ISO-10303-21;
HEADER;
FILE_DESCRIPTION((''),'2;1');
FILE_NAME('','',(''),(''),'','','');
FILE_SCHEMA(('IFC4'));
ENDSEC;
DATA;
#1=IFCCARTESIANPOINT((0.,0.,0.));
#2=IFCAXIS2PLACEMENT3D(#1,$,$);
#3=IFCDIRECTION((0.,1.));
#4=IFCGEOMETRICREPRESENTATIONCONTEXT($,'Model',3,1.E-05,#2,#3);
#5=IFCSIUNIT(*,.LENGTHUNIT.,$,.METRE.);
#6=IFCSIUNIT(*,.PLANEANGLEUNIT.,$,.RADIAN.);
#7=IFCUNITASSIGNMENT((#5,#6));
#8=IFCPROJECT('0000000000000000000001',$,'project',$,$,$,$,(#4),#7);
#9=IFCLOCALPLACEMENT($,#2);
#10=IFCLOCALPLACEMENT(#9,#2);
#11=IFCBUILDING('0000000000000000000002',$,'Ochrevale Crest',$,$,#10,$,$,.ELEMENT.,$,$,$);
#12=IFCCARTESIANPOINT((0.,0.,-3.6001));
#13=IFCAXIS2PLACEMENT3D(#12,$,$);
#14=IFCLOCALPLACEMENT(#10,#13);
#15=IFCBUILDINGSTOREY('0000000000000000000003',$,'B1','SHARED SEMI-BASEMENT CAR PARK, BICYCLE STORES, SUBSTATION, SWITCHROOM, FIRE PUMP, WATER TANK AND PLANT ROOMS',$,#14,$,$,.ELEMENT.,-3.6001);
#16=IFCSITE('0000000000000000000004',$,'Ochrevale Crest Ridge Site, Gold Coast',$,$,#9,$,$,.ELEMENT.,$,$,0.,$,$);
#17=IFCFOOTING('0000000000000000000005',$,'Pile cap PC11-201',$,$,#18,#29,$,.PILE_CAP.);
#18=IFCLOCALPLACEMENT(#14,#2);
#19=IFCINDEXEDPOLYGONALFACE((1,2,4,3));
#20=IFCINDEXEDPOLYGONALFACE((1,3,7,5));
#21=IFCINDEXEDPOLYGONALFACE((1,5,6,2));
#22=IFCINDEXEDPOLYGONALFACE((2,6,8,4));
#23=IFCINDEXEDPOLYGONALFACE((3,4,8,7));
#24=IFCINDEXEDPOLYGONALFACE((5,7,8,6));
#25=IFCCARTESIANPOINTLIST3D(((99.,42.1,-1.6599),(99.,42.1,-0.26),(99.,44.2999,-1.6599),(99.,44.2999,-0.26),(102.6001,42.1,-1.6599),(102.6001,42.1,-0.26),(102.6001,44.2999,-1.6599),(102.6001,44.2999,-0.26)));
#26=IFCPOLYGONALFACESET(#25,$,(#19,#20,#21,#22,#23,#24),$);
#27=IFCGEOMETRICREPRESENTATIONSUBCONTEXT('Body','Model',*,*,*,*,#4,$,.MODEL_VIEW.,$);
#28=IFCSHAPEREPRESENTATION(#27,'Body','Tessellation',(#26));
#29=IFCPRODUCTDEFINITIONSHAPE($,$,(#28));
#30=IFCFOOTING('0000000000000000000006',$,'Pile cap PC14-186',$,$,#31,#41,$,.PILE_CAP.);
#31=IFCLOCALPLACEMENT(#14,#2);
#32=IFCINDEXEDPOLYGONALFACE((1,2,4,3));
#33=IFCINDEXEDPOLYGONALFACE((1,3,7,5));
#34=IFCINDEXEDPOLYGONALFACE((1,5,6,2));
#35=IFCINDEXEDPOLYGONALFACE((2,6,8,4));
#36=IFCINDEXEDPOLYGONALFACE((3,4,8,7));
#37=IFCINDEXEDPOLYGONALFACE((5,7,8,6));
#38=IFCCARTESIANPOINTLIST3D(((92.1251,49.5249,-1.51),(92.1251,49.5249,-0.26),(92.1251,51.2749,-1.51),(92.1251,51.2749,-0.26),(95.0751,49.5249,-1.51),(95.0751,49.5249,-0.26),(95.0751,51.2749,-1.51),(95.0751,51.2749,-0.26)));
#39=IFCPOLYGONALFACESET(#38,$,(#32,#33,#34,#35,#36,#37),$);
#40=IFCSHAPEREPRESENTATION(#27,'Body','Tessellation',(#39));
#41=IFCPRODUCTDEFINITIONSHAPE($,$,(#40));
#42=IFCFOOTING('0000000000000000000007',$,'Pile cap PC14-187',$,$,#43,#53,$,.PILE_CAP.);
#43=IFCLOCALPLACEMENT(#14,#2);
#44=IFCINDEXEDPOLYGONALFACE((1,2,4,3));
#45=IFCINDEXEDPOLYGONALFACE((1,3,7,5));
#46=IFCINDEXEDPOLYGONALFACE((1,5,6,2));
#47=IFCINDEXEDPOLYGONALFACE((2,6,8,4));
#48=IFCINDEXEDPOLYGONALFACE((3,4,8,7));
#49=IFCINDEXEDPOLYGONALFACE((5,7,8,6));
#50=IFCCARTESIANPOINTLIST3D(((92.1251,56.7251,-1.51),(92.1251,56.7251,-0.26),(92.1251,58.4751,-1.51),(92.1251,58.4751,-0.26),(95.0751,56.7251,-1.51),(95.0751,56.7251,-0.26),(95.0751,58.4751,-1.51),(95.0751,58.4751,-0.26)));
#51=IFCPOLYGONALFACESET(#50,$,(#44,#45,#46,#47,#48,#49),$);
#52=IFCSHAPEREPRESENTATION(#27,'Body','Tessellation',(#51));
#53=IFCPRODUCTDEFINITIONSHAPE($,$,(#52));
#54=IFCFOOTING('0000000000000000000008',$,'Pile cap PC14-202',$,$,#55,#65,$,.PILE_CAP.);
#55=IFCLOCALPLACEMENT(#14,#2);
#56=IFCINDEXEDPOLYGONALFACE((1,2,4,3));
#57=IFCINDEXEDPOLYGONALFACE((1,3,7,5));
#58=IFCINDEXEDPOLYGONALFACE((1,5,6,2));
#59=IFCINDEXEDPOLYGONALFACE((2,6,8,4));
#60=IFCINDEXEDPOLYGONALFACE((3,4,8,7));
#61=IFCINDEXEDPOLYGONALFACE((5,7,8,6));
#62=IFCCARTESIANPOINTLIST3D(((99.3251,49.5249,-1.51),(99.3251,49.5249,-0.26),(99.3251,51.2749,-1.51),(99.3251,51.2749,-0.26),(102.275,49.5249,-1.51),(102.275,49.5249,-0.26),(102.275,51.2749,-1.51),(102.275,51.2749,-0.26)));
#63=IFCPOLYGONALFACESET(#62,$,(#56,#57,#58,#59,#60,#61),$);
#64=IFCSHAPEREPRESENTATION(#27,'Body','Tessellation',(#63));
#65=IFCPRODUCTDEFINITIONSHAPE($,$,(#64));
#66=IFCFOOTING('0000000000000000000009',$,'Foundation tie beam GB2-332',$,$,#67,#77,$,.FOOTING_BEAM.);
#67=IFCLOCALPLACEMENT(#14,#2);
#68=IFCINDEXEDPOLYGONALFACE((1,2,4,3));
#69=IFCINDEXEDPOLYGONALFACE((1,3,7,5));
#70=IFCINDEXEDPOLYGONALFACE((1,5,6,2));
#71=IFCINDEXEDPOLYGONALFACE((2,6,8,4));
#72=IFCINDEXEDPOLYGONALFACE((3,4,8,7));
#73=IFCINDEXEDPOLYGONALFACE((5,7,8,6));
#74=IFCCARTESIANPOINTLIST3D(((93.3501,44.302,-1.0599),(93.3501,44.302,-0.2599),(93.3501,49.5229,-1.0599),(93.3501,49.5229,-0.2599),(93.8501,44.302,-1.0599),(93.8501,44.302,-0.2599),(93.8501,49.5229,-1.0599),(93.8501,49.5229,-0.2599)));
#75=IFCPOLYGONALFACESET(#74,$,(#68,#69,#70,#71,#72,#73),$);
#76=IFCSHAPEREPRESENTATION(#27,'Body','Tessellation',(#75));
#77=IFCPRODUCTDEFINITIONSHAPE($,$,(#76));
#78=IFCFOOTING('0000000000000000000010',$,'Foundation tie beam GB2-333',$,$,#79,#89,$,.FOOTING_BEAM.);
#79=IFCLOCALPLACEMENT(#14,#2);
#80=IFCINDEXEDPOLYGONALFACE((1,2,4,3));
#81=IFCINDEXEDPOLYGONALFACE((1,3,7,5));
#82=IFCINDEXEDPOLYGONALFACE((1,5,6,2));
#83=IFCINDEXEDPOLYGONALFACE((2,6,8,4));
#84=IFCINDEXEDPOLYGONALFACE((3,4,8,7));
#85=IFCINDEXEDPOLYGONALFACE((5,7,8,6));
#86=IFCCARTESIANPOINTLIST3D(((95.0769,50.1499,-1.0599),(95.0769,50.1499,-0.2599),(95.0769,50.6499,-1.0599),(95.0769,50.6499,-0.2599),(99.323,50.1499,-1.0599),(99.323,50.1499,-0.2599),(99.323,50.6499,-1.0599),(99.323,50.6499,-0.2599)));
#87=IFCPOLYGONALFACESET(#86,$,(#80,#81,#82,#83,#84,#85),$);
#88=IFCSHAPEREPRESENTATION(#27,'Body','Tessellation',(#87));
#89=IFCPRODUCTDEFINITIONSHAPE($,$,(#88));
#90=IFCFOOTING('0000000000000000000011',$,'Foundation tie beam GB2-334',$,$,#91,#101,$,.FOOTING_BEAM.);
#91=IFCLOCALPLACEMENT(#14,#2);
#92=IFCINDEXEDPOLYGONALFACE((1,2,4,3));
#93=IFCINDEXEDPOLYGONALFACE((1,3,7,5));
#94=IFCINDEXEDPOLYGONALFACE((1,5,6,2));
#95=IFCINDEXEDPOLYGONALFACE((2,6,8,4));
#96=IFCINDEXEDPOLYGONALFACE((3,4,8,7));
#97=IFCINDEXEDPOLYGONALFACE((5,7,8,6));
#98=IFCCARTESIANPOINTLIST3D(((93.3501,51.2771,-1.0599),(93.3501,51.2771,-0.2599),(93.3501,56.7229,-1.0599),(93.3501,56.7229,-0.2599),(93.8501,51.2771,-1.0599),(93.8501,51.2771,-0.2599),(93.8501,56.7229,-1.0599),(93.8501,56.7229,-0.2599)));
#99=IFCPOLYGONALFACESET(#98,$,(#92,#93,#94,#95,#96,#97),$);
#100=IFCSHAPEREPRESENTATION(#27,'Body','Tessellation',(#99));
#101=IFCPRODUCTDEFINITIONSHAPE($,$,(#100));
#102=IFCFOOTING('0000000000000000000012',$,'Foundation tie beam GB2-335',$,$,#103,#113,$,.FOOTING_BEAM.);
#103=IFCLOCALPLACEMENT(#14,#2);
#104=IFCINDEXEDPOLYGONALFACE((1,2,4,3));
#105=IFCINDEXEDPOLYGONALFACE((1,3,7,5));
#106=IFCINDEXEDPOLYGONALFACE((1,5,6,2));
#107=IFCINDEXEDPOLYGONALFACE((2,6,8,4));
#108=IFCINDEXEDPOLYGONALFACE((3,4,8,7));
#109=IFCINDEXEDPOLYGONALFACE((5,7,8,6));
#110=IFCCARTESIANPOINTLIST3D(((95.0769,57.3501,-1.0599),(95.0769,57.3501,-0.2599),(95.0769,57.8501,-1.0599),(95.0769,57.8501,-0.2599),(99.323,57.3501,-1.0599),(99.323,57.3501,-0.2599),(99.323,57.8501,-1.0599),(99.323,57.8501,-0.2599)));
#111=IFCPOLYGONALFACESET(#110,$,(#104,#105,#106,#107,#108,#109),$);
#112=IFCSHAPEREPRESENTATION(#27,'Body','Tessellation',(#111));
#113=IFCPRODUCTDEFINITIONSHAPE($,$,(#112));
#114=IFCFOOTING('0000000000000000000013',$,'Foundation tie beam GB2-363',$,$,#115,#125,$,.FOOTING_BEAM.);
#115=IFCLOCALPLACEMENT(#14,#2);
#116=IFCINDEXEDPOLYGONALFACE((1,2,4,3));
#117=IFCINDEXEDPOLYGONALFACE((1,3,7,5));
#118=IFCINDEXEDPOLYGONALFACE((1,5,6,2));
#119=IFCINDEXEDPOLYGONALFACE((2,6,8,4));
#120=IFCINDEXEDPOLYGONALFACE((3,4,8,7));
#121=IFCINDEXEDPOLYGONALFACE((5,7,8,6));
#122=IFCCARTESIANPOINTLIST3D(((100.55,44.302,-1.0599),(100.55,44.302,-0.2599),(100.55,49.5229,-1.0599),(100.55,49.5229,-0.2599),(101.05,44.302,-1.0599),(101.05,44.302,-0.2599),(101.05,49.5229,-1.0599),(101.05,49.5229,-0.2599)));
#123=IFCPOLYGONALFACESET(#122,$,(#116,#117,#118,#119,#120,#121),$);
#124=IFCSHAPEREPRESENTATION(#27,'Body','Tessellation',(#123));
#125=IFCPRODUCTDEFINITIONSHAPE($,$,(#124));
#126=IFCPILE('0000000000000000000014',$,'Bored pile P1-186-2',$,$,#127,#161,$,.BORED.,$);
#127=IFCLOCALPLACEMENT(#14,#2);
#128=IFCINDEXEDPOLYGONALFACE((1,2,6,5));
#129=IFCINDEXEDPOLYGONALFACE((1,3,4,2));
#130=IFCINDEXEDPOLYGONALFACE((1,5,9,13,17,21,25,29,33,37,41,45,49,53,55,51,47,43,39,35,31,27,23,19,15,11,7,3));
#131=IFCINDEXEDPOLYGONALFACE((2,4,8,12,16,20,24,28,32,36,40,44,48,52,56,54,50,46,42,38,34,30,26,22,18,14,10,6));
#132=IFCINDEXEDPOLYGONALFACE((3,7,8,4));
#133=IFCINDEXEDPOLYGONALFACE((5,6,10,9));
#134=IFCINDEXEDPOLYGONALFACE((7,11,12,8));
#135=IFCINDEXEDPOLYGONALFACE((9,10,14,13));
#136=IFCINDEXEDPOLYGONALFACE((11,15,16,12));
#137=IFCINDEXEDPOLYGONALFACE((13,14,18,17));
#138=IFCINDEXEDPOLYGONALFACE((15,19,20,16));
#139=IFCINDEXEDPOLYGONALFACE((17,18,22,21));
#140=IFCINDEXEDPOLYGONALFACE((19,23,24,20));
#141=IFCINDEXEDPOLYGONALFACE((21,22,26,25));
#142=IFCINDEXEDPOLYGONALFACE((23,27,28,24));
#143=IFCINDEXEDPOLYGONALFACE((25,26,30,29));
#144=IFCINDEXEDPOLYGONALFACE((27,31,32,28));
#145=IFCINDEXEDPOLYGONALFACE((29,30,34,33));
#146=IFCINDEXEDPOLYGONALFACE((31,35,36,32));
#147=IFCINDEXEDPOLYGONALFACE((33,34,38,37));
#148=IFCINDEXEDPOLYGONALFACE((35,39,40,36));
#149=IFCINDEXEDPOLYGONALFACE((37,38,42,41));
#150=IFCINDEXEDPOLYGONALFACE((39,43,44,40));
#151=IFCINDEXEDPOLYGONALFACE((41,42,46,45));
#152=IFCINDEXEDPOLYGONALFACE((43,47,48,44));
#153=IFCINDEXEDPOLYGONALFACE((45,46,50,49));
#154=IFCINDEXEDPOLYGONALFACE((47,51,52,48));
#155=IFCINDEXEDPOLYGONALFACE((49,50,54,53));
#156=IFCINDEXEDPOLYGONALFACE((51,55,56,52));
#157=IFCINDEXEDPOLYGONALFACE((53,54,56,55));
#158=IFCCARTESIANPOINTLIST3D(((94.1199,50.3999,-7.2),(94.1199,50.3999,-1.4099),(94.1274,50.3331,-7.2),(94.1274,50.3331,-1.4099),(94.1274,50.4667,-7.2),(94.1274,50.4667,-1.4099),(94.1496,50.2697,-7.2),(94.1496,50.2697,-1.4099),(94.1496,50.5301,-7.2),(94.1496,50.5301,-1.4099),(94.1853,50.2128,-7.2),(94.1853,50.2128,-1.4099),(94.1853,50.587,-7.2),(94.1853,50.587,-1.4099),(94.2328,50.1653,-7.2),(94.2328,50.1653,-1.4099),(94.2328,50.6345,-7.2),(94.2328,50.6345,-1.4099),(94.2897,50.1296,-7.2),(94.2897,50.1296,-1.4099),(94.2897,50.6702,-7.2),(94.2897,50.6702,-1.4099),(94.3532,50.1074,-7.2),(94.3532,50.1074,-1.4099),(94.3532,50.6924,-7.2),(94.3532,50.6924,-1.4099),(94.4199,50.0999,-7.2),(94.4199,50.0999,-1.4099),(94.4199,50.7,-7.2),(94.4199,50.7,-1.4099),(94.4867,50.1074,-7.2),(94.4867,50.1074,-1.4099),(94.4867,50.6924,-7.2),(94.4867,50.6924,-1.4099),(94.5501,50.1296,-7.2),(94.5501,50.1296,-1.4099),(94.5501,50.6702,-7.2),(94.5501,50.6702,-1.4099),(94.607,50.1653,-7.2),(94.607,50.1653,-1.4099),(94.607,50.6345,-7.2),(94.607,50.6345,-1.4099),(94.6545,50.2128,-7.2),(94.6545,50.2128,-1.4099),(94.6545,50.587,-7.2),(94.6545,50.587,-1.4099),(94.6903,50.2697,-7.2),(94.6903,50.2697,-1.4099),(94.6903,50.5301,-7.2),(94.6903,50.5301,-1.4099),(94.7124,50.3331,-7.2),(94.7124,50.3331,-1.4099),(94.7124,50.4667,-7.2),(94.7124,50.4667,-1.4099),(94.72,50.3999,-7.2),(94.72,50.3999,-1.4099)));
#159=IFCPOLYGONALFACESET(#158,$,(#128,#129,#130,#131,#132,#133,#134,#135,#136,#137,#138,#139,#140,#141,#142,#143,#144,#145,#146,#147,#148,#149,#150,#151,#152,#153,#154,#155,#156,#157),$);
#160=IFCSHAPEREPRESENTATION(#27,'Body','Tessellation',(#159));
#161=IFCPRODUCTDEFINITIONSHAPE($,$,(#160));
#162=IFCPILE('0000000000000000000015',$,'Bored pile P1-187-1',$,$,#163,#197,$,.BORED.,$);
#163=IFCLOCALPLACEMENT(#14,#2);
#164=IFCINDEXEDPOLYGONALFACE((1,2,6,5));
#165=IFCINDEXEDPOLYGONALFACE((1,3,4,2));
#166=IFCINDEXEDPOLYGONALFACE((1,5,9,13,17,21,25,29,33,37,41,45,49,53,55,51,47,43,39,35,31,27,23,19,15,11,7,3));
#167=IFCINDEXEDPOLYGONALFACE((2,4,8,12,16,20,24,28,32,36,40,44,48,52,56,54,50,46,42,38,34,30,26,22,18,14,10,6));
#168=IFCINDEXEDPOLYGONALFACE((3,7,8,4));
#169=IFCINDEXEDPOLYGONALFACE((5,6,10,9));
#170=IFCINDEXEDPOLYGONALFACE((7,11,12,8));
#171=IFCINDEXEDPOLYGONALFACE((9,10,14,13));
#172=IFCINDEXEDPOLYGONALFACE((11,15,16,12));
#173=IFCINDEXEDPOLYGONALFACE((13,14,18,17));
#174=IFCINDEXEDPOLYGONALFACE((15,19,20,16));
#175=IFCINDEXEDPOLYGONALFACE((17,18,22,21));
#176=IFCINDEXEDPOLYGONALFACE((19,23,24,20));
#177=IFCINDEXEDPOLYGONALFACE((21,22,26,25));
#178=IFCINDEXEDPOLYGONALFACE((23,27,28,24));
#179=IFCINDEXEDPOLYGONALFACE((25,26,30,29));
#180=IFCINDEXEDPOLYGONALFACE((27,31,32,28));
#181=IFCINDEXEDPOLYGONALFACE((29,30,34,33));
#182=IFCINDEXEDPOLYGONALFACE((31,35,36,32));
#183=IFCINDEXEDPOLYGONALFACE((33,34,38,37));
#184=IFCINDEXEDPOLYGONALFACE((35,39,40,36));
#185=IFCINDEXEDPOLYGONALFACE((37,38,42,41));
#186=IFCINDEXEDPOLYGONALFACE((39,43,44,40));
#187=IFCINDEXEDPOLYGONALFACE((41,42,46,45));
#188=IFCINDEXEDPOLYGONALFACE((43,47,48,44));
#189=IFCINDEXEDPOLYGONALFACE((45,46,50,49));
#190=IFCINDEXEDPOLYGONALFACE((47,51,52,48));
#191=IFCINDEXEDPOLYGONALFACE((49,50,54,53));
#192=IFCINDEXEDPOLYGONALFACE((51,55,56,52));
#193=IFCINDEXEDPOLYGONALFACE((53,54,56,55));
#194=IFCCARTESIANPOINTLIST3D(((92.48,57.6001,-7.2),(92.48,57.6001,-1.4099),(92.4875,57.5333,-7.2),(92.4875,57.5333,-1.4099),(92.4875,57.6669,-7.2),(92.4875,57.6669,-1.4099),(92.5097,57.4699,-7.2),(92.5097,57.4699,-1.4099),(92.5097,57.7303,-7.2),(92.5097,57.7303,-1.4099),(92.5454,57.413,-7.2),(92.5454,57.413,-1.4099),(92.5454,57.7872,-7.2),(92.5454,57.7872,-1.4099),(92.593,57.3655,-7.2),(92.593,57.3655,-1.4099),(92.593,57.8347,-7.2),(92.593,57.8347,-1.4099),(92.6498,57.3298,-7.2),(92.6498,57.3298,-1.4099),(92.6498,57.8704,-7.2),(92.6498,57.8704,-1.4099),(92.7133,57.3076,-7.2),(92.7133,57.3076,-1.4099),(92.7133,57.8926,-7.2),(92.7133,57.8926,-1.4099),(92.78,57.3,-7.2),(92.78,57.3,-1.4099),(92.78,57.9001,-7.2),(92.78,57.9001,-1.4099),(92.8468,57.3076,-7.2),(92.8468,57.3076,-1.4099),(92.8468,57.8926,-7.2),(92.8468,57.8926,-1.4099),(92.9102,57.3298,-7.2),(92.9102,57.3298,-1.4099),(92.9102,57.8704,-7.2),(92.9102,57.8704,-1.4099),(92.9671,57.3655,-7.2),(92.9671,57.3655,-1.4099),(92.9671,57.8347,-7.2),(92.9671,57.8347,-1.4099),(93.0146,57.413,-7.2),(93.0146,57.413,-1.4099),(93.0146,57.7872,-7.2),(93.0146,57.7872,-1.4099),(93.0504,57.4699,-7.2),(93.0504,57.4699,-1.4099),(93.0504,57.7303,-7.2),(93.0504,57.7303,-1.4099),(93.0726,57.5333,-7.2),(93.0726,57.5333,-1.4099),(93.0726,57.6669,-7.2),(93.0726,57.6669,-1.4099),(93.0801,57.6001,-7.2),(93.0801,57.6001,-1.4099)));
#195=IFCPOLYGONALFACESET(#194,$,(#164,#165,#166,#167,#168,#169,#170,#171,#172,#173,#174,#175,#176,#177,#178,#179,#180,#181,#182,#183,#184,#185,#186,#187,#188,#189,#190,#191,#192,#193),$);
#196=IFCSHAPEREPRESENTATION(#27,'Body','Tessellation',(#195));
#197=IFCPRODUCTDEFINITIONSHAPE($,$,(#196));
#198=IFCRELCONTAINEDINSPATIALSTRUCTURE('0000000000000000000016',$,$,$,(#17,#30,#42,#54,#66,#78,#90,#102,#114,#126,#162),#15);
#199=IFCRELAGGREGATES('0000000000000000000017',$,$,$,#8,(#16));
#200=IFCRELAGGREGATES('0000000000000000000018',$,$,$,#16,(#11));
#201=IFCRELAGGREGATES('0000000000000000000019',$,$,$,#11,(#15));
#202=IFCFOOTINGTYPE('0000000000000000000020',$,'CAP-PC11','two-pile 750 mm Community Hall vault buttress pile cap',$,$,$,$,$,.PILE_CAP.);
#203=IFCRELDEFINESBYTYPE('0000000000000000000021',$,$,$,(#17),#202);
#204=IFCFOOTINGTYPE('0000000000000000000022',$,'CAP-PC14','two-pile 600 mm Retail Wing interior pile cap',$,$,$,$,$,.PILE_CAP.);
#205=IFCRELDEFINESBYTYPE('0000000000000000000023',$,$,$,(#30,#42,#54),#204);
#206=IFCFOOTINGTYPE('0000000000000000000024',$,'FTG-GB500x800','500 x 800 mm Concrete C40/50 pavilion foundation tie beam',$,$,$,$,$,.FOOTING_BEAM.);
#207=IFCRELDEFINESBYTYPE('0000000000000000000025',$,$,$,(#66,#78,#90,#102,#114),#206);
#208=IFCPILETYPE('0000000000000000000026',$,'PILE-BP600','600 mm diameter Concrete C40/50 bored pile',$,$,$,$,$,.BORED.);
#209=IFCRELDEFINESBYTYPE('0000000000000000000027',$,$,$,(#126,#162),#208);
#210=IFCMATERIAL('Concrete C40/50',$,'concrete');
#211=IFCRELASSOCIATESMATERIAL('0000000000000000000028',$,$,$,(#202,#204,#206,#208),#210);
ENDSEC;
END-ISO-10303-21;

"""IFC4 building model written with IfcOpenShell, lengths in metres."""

from ifc_helpers import new_model, si_unit, direction, frame, origin, origin_2d, place, context, subcontext, project, spatial, rectangle, circle, extrude, material, material_profile, profile_set, type_object, element, save


model = new_model("IFC4")

# Units and contexts
model_context = context("Model", 3, precision=1e-05, world=origin(), true_north=direction((0.0, 1.0)))
body_context = subcontext(model_context, "Body", "Model", "MODEL_VIEW")
ifc_project = project(units=[si_unit("LENGTHUNIT", "METRE"), si_unit("PLANEANGLEUNIT", "RADIAN")], contexts=[model_context])

# Site, building, storey
site_placement = place(None, origin())
site = spatial("IfcSite", under=ifc_project, at=site_placement, Name="Ochrevale Crest Ridge Site, Gold Coast", CompositionType="ELEMENT", RefElevation=0.0)
building_placement = place(site_placement, origin())
building = spatial("IfcBuilding", under=site, at=building_placement, Name="Ochrevale Crest", CompositionType="ELEMENT")
storey_placement = place(building_placement, frame((0.0, 0.0, -3.6001)))
storey = spatial("IfcBuildingStorey", under=building, at=storey_placement, Name="B1", Description="SHARED SEMI-BASEMENT CAR PARK, BICYCLE STORES, SUBSTATION, SWITCHROOM, FIRE PUMP, WATER TANK AND PLANT ROOMS", CompositionType="ELEMENT", Elevation=-3.6001)

# Footings
ifc_material_1 = material(Name="Concrete C40/50", Category="concrete")
footing_type_1 = type_object("IfcFootingType", Name="CAP-PC11", Description="two-pile 750 mm Community Hall vault buttress pile cap", PredefinedType="PILE_CAP", material=ifc_material_1)
footing_1_placement = place(storey_placement, frame((100.8, 43.2, -1.6599), z_axis=(0.0, 0.0, 1.0), x_axis=(1.0, 0.0, 0.0)))
element("IfcFooting", 1, at=footing_1_placement, inside=storey, type_object=footing_type_1, Name="Pile cap PC11-201", PredefinedType="PILE_CAP", context=body_context, shape_type="SweptSolid", body=[
    extrude(rectangle(XDim=3.6001, YDim=2.2, at=origin_2d()), origin(), (0.0, 0.0, 1.0), 1.3999),
])
footing_type_2 = type_object("IfcFootingType", Name="CAP-PC14", Description="two-pile 600 mm Retail Wing interior pile cap", PredefinedType="PILE_CAP", material=ifc_material_1)
for number, where, z_axis, x_axis, name in (
    (2, (93.6001, 50.3999, -1.51), (0.0, 0.0, 1.0), (1.0, 0.0, 0.0), "Pile cap PC14-186"),
    (3, (93.6001, 57.6001, -1.51), (0.0, 0.0, 1.0), (1.0, 0.0, 0.0), "Pile cap PC14-187"),
    (4, (100.8, 50.3999, -1.51), (0.0, 0.0, 1.0), (1.0, 0.0, 0.0), "Pile cap PC14-202"),
):
    element("IfcFooting", number, at=place(storey_placement, frame(where, z_axis=z_axis, x_axis=x_axis)), inside=storey, type_object=footing_type_2, Name=name, PredefinedType="PILE_CAP", context=body_context, shape_type="SweptSolid", body=[
        extrude(rectangle(XDim=2.95, YDim=1.75, at=origin_2d()), origin(), (0.0, 0.0, 1.0), 1.25),
    ])
ifc_material_profile_1 = material_profile(ifc_material_1, rectangle(XDim=0.5, YDim=0.8, at=origin_2d()), Name="GB 500x800")
ifc_profile_set_1 = profile_set([ifc_material_profile_1], Name="Concrete C40/50")
footing_type_3 = type_object("IfcFootingType", Name="FTG-GB500x800", Description="500 x 800 mm Concrete C40/50 pavilion foundation tie beam", PredefinedType="FOOTING_BEAM", material=ifc_profile_set_1)
footing_2_placement = place(storey_placement, frame((93.6001, 44.302, -0.6599), z_axis=(0.0, 1.0, 0.0), x_axis=(-1.0, 0.0, 0.0)))
element("IfcFooting", 5, at=footing_2_placement, inside=storey, type_object=footing_type_3, Name="Foundation tie beam GB2-332", PredefinedType="FOOTING_BEAM", context=body_context, shape_type="SweptSolid", body=[
    extrude(rectangle(XDim=0.5, YDim=0.8, at=origin_2d()), origin(), (0.0, 0.0, 1.0), 5.2209),
])
footing_3_placement = place(storey_placement, frame((95.0769, 50.3999, -0.6599), z_axis=(1.0, 0.0, 0.0), x_axis=(0.0, 1.0, 0.0)))
element("IfcFooting", 6, at=footing_3_placement, inside=storey, type_object=footing_type_3, Name="Foundation tie beam GB2-333", PredefinedType="FOOTING_BEAM", context=body_context, shape_type="SweptSolid", body=[
    extrude(rectangle(XDim=0.5, YDim=0.8, at=origin_2d()), origin(), (0.0, 0.0, 1.0), 4.2461),
])
footing_4_placement = place(storey_placement, frame((93.6001, 51.2771, -0.6599), z_axis=(0.0, 1.0, 0.0), x_axis=(-1.0, 0.0, 0.0)))
element("IfcFooting", 7, at=footing_4_placement, inside=storey, type_object=footing_type_3, Name="Foundation tie beam GB2-334", PredefinedType="FOOTING_BEAM", context=body_context, shape_type="SweptSolid", body=[
    extrude(rectangle(XDim=0.5, YDim=0.8, at=origin_2d()), origin(), (0.0, 0.0, 1.0), 5.4458),
])
footing_5_placement = place(storey_placement, frame((95.0769, 57.6001, -0.6599), z_axis=(1.0, 0.0, 0.0), x_axis=(0.0, 1.0, 0.0)))
element("IfcFooting", 8, at=footing_5_placement, inside=storey, type_object=footing_type_3, Name="Foundation tie beam GB2-335", PredefinedType="FOOTING_BEAM", context=body_context, shape_type="SweptSolid", body=[
    extrude(rectangle(XDim=0.5, YDim=0.8, at=origin_2d()), origin(), (0.0, 0.0, 1.0), 4.2461),
])
footing_6_placement = place(storey_placement, frame((100.8, 44.302, -0.6599), z_axis=(0.0, 1.0, 0.0), x_axis=(-1.0, 0.0, 0.0)))
element("IfcFooting", 9, at=footing_6_placement, inside=storey, type_object=footing_type_3, Name="Foundation tie beam GB2-363", PredefinedType="FOOTING_BEAM", context=body_context, shape_type="SweptSolid", body=[
    extrude(rectangle(XDim=0.5, YDim=0.8, at=origin_2d()), origin(), (0.0, 0.0, 1.0), 5.2209),
])

# Piles
ifc_material_profile_2 = material_profile(ifc_material_1, circle(Radius=0.3, at=origin_2d()), Name="BORED PILE 600")
ifc_profile_set_2 = profile_set([ifc_material_profile_2], Name="Concrete C40/50")
pile_type = type_object("IfcPileType", Name="PILE-BP600", Description="600 mm diameter Concrete C40/50 bored pile", PredefinedType="BORED", material=ifc_profile_set_2)
for number, where, z_axis, x_axis, name in (
    (10, (94.4199, 50.3999, -1.4099), (0.0, 0.0, -1.0), (1.0, 0.0, 0.0), "Bored pile P1-186-2"),
    (11, (92.78, 57.6001, -1.4099), (0.0, 0.0, -1.0), (1.0, 0.0, 0.0), "Bored pile P1-187-1"),
):
    element("IfcPile", number, at=place(storey_placement, frame(where, z_axis=z_axis, x_axis=x_axis)), inside=storey, type_object=pile_type, Name=name, PredefinedType="BORED", context=body_context, shape_type="SweptSolid", body=[
        extrude(circle(Radius=0.3, at=origin_2d()), origin(), (0.0, 0.0, 1.0), 5.79),
    ])

save(model, "model.ifc")
